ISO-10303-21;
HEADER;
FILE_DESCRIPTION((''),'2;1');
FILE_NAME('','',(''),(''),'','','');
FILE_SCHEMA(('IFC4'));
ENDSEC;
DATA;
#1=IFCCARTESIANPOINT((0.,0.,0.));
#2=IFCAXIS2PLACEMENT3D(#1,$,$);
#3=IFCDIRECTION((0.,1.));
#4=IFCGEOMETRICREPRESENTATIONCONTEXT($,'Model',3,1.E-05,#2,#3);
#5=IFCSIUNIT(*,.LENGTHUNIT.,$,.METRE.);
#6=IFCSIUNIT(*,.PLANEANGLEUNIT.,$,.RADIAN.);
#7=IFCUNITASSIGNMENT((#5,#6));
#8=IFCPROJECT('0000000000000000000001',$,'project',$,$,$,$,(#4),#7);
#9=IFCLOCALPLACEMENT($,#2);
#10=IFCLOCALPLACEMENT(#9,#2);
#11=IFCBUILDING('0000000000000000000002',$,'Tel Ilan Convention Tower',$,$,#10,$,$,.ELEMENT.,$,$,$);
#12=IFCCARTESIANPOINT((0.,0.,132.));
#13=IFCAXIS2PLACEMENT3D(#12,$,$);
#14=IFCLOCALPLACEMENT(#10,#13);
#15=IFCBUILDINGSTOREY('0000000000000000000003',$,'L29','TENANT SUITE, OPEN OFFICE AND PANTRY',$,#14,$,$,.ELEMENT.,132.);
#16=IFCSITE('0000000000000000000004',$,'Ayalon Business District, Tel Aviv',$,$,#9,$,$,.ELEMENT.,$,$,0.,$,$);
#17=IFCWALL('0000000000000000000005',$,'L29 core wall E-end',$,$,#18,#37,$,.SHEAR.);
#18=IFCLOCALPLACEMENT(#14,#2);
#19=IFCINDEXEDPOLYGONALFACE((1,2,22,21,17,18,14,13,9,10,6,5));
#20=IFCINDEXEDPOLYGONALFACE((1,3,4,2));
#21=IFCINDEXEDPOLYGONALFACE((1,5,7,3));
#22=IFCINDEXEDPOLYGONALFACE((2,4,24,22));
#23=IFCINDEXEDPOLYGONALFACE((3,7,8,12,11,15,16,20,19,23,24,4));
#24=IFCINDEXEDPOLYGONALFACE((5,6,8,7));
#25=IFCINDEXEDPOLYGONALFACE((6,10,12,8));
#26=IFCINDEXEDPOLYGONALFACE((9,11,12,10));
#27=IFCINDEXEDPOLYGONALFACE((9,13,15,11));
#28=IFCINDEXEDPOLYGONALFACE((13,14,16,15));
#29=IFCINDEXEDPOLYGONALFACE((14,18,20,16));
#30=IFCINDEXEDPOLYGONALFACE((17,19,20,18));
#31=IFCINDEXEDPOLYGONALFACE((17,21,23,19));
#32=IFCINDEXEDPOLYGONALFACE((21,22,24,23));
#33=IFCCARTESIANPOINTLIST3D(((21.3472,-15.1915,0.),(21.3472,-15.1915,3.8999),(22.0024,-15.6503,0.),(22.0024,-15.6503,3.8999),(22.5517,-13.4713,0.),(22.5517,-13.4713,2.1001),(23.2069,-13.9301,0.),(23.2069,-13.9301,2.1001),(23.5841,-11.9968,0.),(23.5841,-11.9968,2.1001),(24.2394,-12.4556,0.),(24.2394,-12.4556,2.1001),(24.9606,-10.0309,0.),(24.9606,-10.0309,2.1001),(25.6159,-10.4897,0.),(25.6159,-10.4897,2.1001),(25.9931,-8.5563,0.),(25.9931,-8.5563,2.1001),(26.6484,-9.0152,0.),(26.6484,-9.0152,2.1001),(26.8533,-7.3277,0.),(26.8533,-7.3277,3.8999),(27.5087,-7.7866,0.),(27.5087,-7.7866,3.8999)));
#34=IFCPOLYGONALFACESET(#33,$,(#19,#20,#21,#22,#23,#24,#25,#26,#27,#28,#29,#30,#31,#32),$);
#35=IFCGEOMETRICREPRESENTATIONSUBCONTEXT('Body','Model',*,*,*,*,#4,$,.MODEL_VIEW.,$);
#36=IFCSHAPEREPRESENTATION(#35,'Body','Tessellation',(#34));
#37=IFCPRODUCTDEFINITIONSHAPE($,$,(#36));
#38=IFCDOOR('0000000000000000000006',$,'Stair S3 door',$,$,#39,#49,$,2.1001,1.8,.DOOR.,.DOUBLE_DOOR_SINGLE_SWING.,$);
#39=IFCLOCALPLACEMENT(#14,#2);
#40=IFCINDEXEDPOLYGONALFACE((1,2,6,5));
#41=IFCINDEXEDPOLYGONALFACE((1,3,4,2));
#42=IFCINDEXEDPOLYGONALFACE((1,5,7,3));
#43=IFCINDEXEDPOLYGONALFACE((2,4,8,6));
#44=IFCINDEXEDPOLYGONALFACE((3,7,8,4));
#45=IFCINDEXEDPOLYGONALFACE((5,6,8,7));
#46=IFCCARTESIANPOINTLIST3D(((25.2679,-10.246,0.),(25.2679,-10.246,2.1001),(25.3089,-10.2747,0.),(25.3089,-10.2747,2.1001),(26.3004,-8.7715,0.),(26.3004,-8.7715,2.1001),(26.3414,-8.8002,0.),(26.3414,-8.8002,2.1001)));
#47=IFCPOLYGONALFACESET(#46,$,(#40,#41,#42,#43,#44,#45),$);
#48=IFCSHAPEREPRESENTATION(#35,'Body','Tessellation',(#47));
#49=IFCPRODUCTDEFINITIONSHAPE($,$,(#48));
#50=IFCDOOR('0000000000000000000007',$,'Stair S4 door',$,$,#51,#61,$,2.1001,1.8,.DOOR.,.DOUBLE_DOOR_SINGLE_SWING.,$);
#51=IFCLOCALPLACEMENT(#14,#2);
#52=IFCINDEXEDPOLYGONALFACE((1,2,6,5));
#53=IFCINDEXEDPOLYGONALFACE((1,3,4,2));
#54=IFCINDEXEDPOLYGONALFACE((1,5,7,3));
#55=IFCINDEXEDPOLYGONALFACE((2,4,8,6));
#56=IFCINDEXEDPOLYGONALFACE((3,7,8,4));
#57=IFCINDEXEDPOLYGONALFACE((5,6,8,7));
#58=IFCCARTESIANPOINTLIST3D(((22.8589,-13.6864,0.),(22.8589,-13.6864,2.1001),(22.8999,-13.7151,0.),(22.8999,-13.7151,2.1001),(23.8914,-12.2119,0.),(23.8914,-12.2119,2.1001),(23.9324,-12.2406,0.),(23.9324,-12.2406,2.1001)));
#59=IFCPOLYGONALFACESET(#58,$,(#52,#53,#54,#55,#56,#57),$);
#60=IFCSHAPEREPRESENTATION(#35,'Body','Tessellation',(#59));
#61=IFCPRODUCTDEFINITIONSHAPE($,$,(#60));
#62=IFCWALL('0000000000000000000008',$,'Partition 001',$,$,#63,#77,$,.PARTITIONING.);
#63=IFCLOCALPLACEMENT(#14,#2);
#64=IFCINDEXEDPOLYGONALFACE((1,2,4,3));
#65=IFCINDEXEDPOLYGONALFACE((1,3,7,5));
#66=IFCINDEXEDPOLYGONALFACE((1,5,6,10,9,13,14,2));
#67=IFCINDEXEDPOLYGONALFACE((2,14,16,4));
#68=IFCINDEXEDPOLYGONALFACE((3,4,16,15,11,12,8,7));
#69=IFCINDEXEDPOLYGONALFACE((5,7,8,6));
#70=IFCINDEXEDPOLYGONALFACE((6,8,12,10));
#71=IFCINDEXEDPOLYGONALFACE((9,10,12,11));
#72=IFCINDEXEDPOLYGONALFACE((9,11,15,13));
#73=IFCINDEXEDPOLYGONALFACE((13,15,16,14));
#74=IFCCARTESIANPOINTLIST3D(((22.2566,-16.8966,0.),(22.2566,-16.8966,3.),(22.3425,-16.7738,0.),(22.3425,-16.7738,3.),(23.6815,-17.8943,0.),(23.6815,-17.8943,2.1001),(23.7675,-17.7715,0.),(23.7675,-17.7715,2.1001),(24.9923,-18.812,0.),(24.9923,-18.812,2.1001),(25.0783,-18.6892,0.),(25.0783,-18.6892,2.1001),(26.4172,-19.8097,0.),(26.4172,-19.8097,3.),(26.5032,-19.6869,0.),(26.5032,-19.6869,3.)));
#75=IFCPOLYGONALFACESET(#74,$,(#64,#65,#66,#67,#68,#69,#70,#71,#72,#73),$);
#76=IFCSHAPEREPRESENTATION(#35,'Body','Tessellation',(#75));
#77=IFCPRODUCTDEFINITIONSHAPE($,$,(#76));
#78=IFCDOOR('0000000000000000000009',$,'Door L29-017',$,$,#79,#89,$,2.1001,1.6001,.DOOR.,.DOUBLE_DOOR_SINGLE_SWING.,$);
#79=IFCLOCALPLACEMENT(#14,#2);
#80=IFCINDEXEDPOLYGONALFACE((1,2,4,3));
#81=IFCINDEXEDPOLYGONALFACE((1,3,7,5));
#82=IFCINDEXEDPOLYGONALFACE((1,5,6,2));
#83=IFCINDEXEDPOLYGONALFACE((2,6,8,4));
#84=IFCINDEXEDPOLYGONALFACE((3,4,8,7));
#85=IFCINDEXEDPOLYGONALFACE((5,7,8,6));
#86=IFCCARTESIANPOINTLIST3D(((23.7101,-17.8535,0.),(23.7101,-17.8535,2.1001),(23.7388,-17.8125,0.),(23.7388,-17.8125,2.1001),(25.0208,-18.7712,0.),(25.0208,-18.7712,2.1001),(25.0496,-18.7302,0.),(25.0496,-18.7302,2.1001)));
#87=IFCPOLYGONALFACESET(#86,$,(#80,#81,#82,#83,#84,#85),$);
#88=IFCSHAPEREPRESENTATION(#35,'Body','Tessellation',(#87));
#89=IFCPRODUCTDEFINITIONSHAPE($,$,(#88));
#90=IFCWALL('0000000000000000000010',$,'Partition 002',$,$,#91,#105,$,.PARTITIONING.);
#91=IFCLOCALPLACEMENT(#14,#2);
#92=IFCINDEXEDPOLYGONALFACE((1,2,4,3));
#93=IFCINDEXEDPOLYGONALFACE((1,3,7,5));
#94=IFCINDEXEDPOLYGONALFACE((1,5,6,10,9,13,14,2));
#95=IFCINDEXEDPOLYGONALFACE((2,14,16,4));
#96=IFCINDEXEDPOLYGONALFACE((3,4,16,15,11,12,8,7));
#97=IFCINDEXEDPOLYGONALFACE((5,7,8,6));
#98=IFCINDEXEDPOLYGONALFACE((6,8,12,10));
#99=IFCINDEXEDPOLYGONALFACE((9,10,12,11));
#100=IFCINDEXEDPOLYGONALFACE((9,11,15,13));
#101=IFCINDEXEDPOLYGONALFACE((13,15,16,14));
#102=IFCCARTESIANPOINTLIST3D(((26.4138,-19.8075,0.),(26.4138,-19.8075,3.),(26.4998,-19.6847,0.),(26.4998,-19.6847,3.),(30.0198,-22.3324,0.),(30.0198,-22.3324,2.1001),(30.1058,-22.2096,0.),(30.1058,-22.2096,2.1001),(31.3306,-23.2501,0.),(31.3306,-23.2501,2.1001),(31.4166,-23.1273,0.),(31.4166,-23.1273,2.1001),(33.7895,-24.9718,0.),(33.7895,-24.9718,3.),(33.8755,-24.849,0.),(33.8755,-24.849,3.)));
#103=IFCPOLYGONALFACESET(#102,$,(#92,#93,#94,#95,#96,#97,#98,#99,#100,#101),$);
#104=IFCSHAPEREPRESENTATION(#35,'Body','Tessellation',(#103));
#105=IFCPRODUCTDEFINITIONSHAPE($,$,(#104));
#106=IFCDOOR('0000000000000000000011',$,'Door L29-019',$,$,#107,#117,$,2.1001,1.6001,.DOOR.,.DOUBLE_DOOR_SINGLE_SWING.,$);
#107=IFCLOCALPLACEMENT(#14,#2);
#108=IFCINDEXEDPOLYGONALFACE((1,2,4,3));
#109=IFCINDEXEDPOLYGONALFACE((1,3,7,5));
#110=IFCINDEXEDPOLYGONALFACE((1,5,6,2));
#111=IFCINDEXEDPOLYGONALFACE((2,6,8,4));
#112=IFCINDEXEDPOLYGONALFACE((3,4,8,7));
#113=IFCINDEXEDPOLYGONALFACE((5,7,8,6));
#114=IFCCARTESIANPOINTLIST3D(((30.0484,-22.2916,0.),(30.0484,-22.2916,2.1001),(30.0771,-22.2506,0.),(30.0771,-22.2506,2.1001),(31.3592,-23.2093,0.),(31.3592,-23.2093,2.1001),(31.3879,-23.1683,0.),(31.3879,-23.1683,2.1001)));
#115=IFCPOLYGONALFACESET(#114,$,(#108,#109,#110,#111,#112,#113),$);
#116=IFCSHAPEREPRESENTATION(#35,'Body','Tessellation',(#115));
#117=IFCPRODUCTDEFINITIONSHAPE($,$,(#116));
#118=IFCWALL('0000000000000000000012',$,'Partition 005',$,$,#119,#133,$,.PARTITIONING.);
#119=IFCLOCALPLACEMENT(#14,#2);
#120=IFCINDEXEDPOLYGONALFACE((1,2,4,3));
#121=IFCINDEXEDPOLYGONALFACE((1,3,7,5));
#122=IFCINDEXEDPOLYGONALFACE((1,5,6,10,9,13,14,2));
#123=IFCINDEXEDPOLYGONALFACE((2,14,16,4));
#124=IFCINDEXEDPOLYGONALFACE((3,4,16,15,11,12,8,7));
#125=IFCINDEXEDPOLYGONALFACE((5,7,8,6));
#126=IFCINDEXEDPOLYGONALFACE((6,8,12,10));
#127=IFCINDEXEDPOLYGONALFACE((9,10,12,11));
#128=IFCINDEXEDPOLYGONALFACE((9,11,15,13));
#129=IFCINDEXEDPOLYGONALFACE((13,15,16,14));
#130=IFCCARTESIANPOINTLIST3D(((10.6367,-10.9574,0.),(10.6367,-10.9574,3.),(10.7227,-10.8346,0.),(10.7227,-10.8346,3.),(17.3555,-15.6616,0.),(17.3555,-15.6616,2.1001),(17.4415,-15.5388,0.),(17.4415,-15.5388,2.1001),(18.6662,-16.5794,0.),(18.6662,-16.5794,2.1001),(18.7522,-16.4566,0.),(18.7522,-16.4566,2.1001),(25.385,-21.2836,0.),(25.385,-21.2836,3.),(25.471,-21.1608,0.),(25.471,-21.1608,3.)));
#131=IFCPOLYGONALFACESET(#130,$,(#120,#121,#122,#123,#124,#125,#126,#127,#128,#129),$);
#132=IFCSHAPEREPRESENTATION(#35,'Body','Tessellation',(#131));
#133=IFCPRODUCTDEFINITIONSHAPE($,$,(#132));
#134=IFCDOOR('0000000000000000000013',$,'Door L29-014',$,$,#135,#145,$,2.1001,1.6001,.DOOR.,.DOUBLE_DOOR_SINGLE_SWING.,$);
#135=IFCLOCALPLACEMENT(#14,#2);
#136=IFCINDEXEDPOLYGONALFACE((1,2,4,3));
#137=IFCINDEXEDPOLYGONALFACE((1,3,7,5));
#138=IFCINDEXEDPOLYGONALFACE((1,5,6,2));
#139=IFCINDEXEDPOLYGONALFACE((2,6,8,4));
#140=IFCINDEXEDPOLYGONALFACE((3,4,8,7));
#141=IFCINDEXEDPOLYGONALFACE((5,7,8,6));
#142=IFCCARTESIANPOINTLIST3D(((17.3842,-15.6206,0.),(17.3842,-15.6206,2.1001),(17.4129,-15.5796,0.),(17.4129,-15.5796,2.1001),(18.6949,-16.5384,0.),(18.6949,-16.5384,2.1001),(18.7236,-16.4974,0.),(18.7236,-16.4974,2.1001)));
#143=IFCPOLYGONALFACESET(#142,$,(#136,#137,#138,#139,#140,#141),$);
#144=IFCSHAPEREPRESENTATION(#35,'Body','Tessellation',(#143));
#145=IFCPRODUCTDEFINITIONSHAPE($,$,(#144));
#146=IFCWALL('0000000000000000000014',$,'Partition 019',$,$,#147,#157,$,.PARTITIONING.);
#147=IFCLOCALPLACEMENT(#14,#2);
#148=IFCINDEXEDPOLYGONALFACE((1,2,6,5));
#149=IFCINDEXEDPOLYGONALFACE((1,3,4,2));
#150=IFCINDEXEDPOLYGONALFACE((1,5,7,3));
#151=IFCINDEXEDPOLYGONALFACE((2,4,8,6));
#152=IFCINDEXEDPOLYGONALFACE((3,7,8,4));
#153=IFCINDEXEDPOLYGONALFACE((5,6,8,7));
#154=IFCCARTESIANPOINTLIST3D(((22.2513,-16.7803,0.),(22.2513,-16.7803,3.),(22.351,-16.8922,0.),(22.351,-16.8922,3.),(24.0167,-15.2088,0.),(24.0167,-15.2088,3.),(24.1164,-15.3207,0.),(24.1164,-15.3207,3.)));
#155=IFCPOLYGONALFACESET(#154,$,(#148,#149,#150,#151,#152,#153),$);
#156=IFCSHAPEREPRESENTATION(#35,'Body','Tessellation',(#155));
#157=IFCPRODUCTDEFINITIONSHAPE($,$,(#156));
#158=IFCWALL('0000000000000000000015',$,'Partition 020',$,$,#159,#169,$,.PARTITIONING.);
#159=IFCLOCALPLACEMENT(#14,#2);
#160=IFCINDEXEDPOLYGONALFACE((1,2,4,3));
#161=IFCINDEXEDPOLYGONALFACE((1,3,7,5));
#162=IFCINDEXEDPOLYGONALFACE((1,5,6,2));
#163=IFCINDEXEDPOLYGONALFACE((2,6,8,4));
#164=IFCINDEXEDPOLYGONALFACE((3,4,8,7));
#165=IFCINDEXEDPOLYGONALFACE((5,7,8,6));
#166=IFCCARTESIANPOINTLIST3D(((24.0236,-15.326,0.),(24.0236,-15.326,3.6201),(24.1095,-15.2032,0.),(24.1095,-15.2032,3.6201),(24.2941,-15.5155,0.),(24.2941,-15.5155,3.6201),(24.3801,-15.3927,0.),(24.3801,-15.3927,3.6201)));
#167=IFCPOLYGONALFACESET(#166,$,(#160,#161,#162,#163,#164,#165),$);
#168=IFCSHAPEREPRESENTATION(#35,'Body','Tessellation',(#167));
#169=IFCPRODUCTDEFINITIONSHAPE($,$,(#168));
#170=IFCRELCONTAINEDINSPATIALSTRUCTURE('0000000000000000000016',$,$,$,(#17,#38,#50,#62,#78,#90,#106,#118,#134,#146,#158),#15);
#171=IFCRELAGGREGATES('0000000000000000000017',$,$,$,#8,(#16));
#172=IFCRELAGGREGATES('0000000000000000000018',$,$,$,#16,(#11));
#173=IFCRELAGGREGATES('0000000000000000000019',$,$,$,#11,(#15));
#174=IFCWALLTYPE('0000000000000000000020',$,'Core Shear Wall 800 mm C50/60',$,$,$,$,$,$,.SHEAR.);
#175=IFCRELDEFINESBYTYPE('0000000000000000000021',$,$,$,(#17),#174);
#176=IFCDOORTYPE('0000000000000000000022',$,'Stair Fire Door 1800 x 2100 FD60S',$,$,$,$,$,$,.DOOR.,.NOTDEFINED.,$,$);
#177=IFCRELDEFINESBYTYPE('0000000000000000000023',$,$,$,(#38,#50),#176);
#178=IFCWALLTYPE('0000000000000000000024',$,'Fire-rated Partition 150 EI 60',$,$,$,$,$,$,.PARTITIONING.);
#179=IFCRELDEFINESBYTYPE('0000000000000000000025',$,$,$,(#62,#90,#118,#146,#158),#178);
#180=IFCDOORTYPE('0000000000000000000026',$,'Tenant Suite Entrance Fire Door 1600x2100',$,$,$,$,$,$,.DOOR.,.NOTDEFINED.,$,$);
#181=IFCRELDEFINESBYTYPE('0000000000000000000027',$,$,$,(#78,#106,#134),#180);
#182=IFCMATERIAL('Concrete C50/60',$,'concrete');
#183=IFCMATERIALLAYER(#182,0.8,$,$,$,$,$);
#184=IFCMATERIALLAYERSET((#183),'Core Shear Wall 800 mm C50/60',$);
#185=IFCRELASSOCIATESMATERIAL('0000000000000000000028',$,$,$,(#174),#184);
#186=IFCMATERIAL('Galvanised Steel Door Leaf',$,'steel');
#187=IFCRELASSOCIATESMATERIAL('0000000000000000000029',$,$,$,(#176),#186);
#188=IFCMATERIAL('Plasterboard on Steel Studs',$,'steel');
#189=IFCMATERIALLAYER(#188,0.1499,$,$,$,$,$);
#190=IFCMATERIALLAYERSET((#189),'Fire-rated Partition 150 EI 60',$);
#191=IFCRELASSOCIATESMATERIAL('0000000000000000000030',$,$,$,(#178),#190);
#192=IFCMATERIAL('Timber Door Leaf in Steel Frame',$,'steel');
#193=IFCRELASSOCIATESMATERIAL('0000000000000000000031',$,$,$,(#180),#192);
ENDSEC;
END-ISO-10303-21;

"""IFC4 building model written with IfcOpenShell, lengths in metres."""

from ifc_helpers import new_model, si_unit, direction, frame, frame_2d, origin, place, context, subcontext, project, spatial, polyline, rectangle, outline, extrude, material, layer, layer_set, type_object, element, fill, save


model = new_model("IFC4")

# Units and contexts
model_context = context("Model", 3, precision=1e-05, world=origin(), true_north=direction((0.0, 1.0)))
body_context = subcontext(model_context, "Body", "Model", "MODEL_VIEW")
ifc_project = project(units=[si_unit("LENGTHUNIT", "METRE"), si_unit("PLANEANGLEUNIT", "RADIAN")], contexts=[model_context])

# Site, building, storey
site_placement = place(None, origin())
site = spatial("IfcSite", under=ifc_project, at=site_placement, Name="Ayalon Business District, Tel Aviv", CompositionType="ELEMENT", RefElevation=0.0)
building_placement = place(site_placement, origin())
building = spatial("IfcBuilding", under=site, at=building_placement, Name="Tel Ilan Convention Tower", CompositionType="ELEMENT")
storey_placement = place(building_placement, frame((0.0, 0.0, 132.0)))
storey = spatial("IfcBuildingStorey", under=building, at=storey_placement, Name="L29", Description="TENANT SUITE, OPEN OFFICE AND PANTRY", CompositionType="ELEMENT", Elevation=132.0)

# Wall, openings, doors
ifc_material_1 = material(Name="Concrete C50/60", Category="concrete")
ifc_layer_1 = layer(ifc_material_1, 0.8)
ifc_layer_set_1 = layer_set([ifc_layer_1], Name="Core Shear Wall 800 mm C50/60")
wall_type_1 = type_object("IfcWallType", Name="Core Shear Wall 800 mm C50/60", PredefinedType="SHEAR", material=ifc_layer_set_1)
wall_1_placement = place(storey_placement, frame((21.6748, -15.4209, 0.0), z_axis=(0.0, 0.0, 1.0), x_axis=(0.573582, 0.819148, 0.0)))
wall_1 = element("IfcWall", 1, at=wall_1_placement, inside=storey, type_object=wall_type_1, Name="L29 core wall E-end", PredefinedType="SHEAR", context=body_context, shape_type="SweptSolid", body=[
    extrude(outline(polyline([(9.5999, 0.4001), (0.0, 0.3999), (0.0, -0.3999), (9.5999, -0.3999), (9.5999, 0.4001)])), origin(), (0.0, 0.0, 1.0), 3.8999),
])
opening_1_placement = place(wall_1_placement, frame((6.3, 0.0, 0.0)))
opening_1 = element("IfcOpeningElement", 2, at=opening_1_placement, cuts=wall_1, PredefinedType="OPENING", context=body_context, shape_type="SweptSolid", body=[
    extrude(rectangle(XDim=1.8, YDim=2.1001, at=frame_2d((0.8999, 1.05))), frame((0.0, 0.4099, 0.0), z_axis=(0.0, -1.0, 0.0), x_axis=(1.0, 0.0, 0.0)), (0.0, 0.0, 1.0), 0.8201),
])
opening_2_placement = place(wall_1_placement, frame((2.1001, 0.0, 0.0)))
opening_2 = element("IfcOpeningElement", 3, at=opening_2_placement, cuts=wall_1, PredefinedType="OPENING", context=body_context, shape_type="SweptSolid", body=[
    extrude(rectangle(XDim=1.8, YDim=2.1001, at=frame_2d((0.8999, 1.05))), frame((0.0, 0.4099, 0.0), z_axis=(0.0, -1.0, 0.0), x_axis=(1.0, 0.0, 0.0)), (0.0, 0.0, 1.0), 0.8201),
])
ifc_material_2 = material(Name="Galvanised Steel Door Leaf", Category="steel")
door_type_1 = type_object("IfcDoorType", Name="Stair Fire Door 1800 x 2100 FD60S", OperationType="NOTDEFINED", PredefinedType="DOOR", material=ifc_material_2)
door_1_placement = place(opening_1_placement, origin())
door_1 = element("IfcDoor", 4, at=door_1_placement, inside=storey, type_object=door_type_1, Name="Stair S3 door", OperationType="DOUBLE_DOOR_SINGLE_SWING", OverallHeight=2.1001, OverallWidth=1.8, PredefinedType="DOOR", context=body_context, shape_type="SweptSolid", body=[
    extrude(rectangle(XDim=1.8, YDim=2.1001, at=frame_2d((0.8999, 1.05))), frame((0.0, 0.0249, 0.0), z_axis=(0.0, -1.0, 0.0), x_axis=(1.0, 0.0, 0.0)), (0.0, 0.0, 1.0), 0.05),
])
fill(opening_1, door_1)
door_2_placement = place(opening_2_placement, origin())
door_2 = element("IfcDoor", 5, at=door_2_placement, inside=storey, type_object=door_type_1, Name="Stair S4 door", OperationType="DOUBLE_DOOR_SINGLE_SWING", OverallHeight=2.1001, OverallWidth=1.8, PredefinedType="DOOR", context=body_context, shape_type="SweptSolid", body=[
    extrude(rectangle(XDim=1.8, YDim=2.1001, at=frame_2d((0.8999, 1.05))), frame((0.0, 0.0249, 0.0), z_axis=(0.0, -1.0, 0.0), x_axis=(1.0, 0.0, 0.0)), (0.0, 0.0, 1.0), 0.05),
])
fill(opening_2, door_2)

# Walls, openings, doors
ifc_material_3 = material(Name="Plasterboard on Steel Studs", Category="steel")
ifc_layer_2 = layer(ifc_material_3, 0.1499)
ifc_layer_set_2 = layer_set([ifc_layer_2], Name="Fire-rated Partition 150 EI 60")
wall_type_2 = type_object("IfcWallType", Name="Fire-rated Partition 150 EI 60", PredefinedType="PARTITIONING", material=ifc_layer_set_2)
wall_2_placement = place(storey_placement, frame((22.2996, -16.8352, 0.0), z_axis=(0.0, 0.0, 1.0), x_axis=(0.819173, -0.573546, 0.0)))
wall_2 = element("IfcWall", 6, at=wall_2_placement, inside=storey, type_object=wall_type_2, Name="Partition 001", PredefinedType="PARTITIONING", context=body_context, shape_type="SweptSolid", body=[
    extrude(rectangle(XDim=5.0791, YDim=0.1499, at=frame_2d((2.5396, 0.0))), origin(), (0.0, 0.0, 1.0), 3.0),
])
opening_3_placement = place(wall_2_placement, frame((1.7395, 0.0, 0.0)))
opening_3 = element("IfcOpeningElement", 7, at=opening_3_placement, cuts=wall_2, PredefinedType="OPENING", context=body_context, shape_type="SweptSolid", body=[
    extrude(rectangle(XDim=1.6001, YDim=2.1001, at=frame_2d((0.8, 1.05))), frame((0.0, 0.085, 0.0), z_axis=(0.0, -1.0, 0.0), x_axis=(1.0, 0.0, 0.0)), (0.0, 0.0, 1.0), 0.1699),
])
ifc_material_4 = material(Name="Timber Door Leaf in Steel Frame", Category="steel")
door_type_2 = type_object("IfcDoorType", Name="Tenant Suite Entrance Fire Door 1600x2100", OperationType="NOTDEFINED", PredefinedType="DOOR", material=ifc_material_4)
door_3_placement = place(opening_3_placement, origin())
door_3 = element("IfcDoor", 8, at=door_3_placement, inside=storey, type_object=door_type_2, Name="Door L29-017", OperationType="DOUBLE_DOOR_SINGLE_SWING", OverallHeight=2.1001, OverallWidth=1.6001, PredefinedType="DOOR", context=body_context, shape_type="SweptSolid", body=[
    extrude(rectangle(XDim=1.6001, YDim=2.1001, at=frame_2d((0.8, 1.05))), frame((0.0, 0.0249, 0.0), z_axis=(0.0, -1.0, 0.0), x_axis=(1.0, 0.0, 0.0)), (0.0, 0.0, 1.0), 0.05),
])
fill(opening_3, door_3)
wall_3_placement = place(storey_placement, frame((26.4568, -19.7461, 0.0), z_axis=(0.0, 0.0, 1.0), x_axis=(0.819164, -0.573559, 0.0)))
wall_3 = element("IfcWall", 9, at=wall_3_placement, inside=storey, type_object=wall_type_2, Name="Partition 002", PredefinedType="PARTITIONING", context=body_context, shape_type="SweptSolid", body=[
    extrude(rectangle(XDim=9.0039, YDim=0.1499, at=frame_2d((4.502, 0.0))), origin(), (0.0, 0.0, 1.0), 3.0),
])
opening_4_placement = place(wall_3_placement, frame((4.4021, 0.0, 0.0)))
opening_4 = element("IfcOpeningElement", 10, at=opening_4_placement, cuts=wall_3, PredefinedType="OPENING", context=body_context, shape_type="SweptSolid", body=[
    extrude(rectangle(XDim=1.6001, YDim=2.1001, at=frame_2d((0.8, 1.05))), frame((0.0, 0.085, 0.0), z_axis=(0.0, -1.0, 0.0), x_axis=(1.0, 0.0, 0.0)), (0.0, 0.0, 1.0), 0.1699),
])
door_4_placement = place(opening_4_placement, origin())
door_4 = element("IfcDoor", 11, at=door_4_placement, inside=storey, type_object=door_type_2, Name="Door L29-019", OperationType="DOUBLE_DOOR_SINGLE_SWING", OverallHeight=2.1001, OverallWidth=1.6001, PredefinedType="DOOR", context=body_context, shape_type="SweptSolid", body=[
    extrude(rectangle(XDim=1.6001, YDim=2.1001, at=frame_2d((0.8, 1.05))), frame((0.0, 0.0249, 0.0), z_axis=(0.0, -1.0, 0.0), x_axis=(1.0, 0.0, 0.0)), (0.0, 0.0, 1.0), 0.05),
])
fill(opening_4, door_4)
wall_4_placement = place(storey_placement, frame((25.428, -21.2222, 0.0), z_axis=(0.0, 0.0, 1.0), x_axis=(-0.81917, 0.573551, 0.0)))
wall_4 = element("IfcWall", 12, at=wall_4_placement, inside=storey, type_object=wall_type_2, Name="Partition 005", PredefinedType="PARTITIONING", context=body_context, shape_type="SweptSolid", body=[
    extrude(rectangle(XDim=18.0039, YDim=0.1499, at=frame_2d((9.002, 0.0))), origin(), (0.0, 0.0, 1.0), 3.0),
])
opening_5_placement = place(wall_4_placement, frame((8.2019, 0.0, 0.0)))
opening_5 = element("IfcOpeningElement", 13, at=opening_5_placement, cuts=wall_4, PredefinedType="OPENING", context=body_context, shape_type="SweptSolid", body=[
    extrude(rectangle(XDim=1.6001, YDim=2.1001, at=frame_2d((0.8, 1.05))), frame((0.0, 0.085, 0.0), z_axis=(0.0, -1.0, 0.0), x_axis=(1.0, 0.0, 0.0)), (0.0, 0.0, 1.0), 0.1699),
])
door_5_placement = place(opening_5_placement, origin())
door_5 = element("IfcDoor", 14, at=door_5_placement, inside=storey, type_object=door_type_2, Name="Door L29-014", OperationType="DOUBLE_DOOR_SINGLE_SWING", OverallHeight=2.1001, OverallWidth=1.6001, PredefinedType="DOOR", context=body_context, shape_type="SweptSolid", body=[
    extrude(rectangle(XDim=1.6001, YDim=2.1001, at=frame_2d((0.8, 1.05))), frame((0.0, 0.0249, 0.0), z_axis=(0.0, -1.0, 0.0), x_axis=(1.0, 0.0, 0.0)), (0.0, 0.0, 1.0), 0.05),
])
fill(opening_5, door_5)

# Walls
wall_5_placement = place(storey_placement, frame((22.3013, -16.8362, 0.0), z_axis=(0.0, 0.0, 1.0), x_axis=(0.746925, 0.664909, 0.0)))
element("IfcWall", 15, at=wall_5_placement, inside=storey, type_object=wall_type_2, Name="Partition 019", PredefinedType="PARTITIONING", context=body_context, shape_type="SweptSolid", body=[
    extrude(rectangle(XDim=2.3635, YDim=0.1499, at=frame_2d((1.1816, 0.0))), origin(), (0.0, 0.0, 1.0), 3.0),
])
wall_6_placement = place(storey_placement, frame((24.0667, -15.2646, 0.0), z_axis=(0.0, 0.0, 1.0), x_axis=(0.819093, -0.573661, 0.0)))
element("IfcWall", 16, at=wall_6_placement, inside=storey, type_object=wall_type_2, Name="Partition 020", PredefinedType="PARTITIONING", context=body_context, shape_type="SweptSolid", body=[
    extrude(rectangle(XDim=0.3303, YDim=0.1499, at=frame_2d((0.165, 0.0))), origin(), (0.0, 0.0, 1.0), 3.6201),
])

save(model, "model.ifc")
